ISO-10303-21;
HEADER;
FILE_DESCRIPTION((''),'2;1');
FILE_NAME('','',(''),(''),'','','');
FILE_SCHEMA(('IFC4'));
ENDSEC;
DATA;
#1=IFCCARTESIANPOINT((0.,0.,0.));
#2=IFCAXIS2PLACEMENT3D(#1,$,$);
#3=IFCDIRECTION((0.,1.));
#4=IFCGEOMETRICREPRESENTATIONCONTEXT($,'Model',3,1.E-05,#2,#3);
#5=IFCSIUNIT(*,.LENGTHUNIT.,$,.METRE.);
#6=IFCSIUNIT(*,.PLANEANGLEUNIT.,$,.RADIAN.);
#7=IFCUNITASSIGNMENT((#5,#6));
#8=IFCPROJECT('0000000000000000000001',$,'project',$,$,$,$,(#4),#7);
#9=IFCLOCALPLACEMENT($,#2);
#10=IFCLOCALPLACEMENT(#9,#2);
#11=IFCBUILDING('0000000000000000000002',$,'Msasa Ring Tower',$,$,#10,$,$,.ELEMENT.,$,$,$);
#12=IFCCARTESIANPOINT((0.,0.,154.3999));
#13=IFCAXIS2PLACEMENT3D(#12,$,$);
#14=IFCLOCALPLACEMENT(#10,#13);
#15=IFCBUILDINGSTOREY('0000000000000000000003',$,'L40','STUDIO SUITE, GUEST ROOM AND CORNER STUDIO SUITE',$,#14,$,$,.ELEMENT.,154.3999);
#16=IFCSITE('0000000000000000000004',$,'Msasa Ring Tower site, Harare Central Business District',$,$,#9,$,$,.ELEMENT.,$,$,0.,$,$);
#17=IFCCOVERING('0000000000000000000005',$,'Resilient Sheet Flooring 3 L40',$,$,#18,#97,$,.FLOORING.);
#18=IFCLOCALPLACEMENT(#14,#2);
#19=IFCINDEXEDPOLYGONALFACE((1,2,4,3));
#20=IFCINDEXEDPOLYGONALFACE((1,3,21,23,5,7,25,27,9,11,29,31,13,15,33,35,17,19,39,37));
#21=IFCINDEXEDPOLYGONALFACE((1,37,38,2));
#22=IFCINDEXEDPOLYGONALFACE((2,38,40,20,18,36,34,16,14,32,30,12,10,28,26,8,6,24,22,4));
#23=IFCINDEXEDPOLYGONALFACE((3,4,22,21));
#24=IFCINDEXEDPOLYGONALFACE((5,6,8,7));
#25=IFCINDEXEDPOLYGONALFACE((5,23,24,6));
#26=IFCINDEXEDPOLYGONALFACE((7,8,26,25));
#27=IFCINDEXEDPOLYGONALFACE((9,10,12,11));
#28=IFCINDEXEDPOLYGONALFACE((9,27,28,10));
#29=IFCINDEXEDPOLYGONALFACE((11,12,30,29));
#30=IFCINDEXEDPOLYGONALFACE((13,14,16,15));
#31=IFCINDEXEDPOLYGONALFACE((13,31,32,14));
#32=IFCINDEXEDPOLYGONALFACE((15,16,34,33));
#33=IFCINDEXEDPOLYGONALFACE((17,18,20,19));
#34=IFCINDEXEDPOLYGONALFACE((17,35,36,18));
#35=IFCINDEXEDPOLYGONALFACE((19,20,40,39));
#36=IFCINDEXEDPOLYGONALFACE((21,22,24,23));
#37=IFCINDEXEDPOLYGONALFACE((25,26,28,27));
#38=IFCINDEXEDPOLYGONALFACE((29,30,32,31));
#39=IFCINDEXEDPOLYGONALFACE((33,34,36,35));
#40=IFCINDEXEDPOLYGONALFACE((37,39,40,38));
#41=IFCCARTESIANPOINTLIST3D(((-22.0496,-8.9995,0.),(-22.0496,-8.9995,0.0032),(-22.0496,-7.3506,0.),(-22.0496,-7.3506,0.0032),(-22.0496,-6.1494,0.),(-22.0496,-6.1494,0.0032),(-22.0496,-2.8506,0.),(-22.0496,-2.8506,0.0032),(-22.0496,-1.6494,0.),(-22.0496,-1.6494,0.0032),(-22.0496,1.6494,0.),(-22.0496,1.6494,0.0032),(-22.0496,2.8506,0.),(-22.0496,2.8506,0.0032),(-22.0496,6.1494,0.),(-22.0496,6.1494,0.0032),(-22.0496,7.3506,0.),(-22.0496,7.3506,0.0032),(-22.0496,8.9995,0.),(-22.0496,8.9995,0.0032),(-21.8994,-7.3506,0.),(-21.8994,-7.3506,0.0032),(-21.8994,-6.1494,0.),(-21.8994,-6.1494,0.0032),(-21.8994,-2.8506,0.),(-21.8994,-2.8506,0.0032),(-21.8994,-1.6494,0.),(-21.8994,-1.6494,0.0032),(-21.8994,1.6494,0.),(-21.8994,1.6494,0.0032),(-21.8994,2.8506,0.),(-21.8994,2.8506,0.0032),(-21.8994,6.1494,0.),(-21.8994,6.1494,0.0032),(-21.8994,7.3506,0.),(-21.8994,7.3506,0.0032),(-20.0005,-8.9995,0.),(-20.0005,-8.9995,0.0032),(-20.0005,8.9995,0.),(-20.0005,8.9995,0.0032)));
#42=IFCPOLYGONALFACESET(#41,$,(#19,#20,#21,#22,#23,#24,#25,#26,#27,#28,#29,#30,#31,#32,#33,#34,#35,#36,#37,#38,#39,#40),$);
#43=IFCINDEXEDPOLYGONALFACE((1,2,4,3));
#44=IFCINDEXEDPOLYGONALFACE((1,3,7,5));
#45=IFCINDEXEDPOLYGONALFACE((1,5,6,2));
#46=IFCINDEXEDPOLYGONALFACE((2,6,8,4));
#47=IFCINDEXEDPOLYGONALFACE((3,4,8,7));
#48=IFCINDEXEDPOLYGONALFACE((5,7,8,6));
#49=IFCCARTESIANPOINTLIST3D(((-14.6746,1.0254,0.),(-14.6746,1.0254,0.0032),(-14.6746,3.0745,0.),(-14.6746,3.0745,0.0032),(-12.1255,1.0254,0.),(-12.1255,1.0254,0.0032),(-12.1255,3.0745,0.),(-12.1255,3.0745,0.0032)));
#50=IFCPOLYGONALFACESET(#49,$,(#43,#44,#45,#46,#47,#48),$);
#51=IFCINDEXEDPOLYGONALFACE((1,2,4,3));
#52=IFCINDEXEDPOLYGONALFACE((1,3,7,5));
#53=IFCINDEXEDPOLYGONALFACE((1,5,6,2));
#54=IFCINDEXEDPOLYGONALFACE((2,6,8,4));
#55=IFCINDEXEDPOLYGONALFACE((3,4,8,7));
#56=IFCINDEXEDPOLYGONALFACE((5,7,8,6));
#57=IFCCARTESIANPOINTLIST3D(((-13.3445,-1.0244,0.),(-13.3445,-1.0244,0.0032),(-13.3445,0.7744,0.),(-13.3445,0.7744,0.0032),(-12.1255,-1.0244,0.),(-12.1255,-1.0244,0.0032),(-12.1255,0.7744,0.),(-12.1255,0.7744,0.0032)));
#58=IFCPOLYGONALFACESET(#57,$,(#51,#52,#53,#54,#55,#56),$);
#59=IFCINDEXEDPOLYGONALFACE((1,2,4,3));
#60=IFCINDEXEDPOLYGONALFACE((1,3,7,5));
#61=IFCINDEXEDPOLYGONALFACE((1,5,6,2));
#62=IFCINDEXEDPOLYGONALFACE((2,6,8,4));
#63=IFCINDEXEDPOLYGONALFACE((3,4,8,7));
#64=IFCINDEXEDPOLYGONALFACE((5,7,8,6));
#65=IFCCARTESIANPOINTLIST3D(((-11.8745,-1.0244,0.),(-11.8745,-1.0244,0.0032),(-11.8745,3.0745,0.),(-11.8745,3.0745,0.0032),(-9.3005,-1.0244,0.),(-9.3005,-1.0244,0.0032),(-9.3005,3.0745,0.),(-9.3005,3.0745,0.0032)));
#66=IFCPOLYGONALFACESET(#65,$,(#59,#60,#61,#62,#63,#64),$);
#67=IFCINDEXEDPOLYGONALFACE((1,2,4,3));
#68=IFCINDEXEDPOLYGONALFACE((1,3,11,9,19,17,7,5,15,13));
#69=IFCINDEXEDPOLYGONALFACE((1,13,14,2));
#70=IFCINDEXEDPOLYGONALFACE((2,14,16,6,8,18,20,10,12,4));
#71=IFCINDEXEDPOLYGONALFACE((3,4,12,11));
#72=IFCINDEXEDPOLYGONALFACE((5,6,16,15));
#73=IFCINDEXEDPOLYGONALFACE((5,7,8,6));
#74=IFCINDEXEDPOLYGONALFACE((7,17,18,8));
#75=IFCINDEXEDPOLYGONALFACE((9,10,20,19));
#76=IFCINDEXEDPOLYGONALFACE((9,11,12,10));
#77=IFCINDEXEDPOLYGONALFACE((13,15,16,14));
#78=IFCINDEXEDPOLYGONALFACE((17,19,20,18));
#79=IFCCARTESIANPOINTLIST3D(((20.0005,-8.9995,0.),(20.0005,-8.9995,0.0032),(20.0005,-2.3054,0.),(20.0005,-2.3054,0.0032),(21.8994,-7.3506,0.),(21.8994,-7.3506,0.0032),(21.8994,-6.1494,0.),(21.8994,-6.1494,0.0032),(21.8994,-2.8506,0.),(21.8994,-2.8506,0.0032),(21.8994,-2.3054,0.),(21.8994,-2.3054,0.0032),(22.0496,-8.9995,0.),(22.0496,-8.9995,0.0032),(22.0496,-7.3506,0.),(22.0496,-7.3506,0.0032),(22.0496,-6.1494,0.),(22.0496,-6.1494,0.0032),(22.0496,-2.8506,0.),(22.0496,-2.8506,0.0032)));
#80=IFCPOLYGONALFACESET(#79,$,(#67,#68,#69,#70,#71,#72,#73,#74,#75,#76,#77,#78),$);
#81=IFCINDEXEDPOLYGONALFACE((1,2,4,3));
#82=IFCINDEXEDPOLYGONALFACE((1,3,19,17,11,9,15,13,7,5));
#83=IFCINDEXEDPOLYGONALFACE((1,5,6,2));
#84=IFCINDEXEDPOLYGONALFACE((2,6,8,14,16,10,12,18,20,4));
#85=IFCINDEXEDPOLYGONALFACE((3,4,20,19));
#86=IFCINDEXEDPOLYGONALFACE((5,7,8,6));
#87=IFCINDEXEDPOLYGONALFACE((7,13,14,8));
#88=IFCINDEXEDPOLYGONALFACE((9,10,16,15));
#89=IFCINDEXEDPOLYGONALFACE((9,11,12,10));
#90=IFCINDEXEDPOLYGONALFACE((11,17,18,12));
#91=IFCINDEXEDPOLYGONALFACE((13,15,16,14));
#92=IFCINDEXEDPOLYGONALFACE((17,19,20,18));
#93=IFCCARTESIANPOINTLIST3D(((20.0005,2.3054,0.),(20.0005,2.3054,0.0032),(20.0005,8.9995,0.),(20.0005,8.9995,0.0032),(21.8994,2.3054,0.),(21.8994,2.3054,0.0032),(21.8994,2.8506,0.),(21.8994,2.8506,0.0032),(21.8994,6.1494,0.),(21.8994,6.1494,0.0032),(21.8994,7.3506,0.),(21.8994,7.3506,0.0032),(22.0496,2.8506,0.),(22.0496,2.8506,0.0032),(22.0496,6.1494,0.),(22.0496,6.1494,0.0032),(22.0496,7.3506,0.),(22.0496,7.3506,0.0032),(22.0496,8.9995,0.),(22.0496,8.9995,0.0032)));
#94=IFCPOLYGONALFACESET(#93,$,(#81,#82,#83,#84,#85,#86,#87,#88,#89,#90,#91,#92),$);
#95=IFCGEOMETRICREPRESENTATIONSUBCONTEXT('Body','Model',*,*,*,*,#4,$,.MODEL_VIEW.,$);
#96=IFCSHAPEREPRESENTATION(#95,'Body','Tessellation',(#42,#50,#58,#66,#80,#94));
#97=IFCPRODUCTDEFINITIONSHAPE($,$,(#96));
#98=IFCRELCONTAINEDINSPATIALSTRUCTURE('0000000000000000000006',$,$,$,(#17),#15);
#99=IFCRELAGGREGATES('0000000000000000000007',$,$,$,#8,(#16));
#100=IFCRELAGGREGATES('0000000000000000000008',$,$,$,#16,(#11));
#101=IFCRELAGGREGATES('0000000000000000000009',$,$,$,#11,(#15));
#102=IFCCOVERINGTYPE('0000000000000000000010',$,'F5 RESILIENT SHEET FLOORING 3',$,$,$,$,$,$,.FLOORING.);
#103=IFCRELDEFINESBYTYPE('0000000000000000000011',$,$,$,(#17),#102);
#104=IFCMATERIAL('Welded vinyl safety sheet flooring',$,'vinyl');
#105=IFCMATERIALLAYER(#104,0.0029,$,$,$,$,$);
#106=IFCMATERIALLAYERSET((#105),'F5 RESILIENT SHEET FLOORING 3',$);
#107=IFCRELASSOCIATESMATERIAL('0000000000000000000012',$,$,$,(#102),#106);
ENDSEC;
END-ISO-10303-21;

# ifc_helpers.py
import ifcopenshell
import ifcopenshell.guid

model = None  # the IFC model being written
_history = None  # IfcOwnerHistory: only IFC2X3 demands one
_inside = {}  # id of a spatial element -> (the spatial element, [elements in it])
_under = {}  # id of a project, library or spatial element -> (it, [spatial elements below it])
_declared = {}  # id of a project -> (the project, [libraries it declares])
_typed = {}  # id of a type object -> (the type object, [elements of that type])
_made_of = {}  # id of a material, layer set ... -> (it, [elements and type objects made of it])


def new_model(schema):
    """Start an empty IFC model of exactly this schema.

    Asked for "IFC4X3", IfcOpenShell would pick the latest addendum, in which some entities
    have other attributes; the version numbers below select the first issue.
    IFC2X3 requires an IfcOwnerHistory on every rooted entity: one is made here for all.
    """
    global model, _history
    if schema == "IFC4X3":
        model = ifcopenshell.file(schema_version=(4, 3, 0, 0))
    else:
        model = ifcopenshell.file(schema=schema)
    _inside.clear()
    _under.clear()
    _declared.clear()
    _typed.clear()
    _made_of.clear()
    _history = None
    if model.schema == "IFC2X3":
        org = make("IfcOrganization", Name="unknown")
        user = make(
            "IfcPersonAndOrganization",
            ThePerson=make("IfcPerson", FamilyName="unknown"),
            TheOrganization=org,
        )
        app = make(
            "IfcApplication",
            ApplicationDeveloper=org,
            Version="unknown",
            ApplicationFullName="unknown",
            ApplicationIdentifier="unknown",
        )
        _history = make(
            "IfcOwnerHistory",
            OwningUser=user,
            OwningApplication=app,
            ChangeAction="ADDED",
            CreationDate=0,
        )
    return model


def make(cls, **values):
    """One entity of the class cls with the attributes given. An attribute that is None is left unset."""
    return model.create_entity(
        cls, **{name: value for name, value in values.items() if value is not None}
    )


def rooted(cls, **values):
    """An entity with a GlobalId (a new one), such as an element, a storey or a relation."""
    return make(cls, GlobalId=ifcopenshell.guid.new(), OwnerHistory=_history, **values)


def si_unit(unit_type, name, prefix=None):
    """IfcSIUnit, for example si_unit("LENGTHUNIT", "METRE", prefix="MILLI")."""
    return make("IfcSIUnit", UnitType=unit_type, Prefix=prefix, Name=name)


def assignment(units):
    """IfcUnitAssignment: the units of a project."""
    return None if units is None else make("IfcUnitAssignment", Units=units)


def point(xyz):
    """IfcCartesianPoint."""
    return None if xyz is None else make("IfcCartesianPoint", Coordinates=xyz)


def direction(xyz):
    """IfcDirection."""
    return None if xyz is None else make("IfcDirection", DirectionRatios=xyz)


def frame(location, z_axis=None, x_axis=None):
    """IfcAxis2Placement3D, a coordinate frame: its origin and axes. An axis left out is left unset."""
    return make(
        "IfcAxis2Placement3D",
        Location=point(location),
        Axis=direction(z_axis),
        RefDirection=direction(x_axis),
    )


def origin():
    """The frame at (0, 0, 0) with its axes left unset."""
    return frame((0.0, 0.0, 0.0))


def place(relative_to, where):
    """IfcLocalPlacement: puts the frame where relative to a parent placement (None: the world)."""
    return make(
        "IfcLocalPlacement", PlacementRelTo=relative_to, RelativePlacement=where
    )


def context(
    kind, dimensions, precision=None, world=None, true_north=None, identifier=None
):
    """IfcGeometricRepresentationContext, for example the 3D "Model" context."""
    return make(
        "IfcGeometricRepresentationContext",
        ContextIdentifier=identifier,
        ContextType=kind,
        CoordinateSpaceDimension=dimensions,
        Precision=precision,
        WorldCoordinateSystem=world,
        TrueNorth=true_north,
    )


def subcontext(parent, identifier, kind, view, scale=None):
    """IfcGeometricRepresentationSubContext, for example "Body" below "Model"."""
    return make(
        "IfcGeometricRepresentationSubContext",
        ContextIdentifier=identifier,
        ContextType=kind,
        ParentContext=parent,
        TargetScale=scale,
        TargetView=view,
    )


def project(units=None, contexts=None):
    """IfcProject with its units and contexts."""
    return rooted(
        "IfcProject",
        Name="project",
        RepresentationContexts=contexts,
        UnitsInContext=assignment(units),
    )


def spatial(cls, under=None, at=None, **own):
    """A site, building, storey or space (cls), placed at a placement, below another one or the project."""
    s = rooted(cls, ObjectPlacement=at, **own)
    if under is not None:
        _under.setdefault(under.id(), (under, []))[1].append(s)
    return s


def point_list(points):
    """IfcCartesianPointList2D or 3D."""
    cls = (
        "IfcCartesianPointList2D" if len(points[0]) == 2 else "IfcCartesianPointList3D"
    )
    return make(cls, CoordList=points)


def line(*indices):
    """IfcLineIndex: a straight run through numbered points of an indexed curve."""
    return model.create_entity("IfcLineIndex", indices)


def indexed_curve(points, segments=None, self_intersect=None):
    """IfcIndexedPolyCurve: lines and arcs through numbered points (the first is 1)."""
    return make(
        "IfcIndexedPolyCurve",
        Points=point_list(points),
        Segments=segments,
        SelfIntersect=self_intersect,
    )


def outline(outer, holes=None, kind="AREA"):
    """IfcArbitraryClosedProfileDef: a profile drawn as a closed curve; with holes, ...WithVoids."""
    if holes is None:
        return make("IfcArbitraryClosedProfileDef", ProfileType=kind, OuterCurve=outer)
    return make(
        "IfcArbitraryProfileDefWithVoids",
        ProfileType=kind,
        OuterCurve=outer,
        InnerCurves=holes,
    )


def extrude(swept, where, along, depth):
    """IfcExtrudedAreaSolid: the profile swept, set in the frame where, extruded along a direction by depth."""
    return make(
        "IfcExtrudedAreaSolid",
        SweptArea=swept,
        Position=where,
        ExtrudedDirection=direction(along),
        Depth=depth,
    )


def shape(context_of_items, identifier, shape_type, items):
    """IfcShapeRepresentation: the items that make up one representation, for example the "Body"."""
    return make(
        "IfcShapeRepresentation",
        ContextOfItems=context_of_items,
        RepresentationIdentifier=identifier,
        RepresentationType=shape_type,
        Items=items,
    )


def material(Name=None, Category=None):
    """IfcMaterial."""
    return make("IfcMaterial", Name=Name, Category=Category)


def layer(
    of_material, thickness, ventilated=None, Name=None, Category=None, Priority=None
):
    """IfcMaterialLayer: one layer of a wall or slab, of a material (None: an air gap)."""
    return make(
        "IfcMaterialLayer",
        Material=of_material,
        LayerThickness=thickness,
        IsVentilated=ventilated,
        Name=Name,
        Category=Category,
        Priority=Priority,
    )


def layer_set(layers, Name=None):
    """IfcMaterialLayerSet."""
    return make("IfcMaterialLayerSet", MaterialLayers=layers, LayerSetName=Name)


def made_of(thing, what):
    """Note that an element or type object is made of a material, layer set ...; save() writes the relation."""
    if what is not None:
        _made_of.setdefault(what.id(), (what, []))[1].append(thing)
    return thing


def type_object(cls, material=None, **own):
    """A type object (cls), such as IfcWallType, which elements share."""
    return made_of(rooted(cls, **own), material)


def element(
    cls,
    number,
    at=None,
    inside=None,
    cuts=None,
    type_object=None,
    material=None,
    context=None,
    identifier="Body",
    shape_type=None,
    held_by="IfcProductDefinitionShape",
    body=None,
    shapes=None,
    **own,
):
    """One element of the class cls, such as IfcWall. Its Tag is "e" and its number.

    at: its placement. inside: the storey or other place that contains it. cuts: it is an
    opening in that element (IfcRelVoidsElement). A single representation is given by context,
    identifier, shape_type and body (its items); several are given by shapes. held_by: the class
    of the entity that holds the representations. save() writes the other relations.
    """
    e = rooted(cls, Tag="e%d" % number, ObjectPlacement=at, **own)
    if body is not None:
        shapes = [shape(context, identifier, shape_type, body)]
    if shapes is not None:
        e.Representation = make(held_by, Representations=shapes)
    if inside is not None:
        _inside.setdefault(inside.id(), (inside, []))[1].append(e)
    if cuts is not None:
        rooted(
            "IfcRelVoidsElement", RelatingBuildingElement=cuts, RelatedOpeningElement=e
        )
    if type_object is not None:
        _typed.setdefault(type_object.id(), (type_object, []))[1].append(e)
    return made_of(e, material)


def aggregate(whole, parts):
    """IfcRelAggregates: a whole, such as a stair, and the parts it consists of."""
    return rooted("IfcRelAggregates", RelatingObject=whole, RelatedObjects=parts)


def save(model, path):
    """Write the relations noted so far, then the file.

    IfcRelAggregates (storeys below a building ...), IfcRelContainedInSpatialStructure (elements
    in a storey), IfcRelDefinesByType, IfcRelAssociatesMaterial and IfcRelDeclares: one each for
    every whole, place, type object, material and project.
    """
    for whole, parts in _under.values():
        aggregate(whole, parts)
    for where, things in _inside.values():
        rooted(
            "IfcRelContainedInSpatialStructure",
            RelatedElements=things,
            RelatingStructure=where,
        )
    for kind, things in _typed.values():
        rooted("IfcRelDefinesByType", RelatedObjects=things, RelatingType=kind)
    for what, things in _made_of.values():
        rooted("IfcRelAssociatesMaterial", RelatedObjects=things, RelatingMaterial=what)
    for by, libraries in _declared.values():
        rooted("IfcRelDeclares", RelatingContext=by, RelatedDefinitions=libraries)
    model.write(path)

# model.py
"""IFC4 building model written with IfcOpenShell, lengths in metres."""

from ifc_helpers import new_model, si_unit, direction, frame, origin, place, context, subcontext, project, spatial, line, indexed_curve, outline, extrude, material, layer, layer_set, type_object, element, save


model = new_model("IFC4")

# Units and contexts
model_context = context("Model", 3, precision=1e-05, world=origin(), true_north=direction((0.0, 1.0)))
body_context = subcontext(model_context, "Body", "Model", "MODEL_VIEW")
ifc_project = project(units=[si_unit("LENGTHUNIT", "METRE"), si_unit("PLANEANGLEUNIT", "RADIAN")], contexts=[model_context])

# Site, building, storey
site_placement = place(None, origin())
site = spatial("IfcSite", under=ifc_project, at=site_placement, Name="Msasa Ring Tower site, Harare Central Business District", CompositionType="ELEMENT", RefElevation=0.0)
building_placement = place(site_placement, origin())
building = spatial("IfcBuilding", under=site, at=building_placement, Name="Msasa Ring Tower", CompositionType="ELEMENT")
storey_placement = place(building_placement, frame((0.0, 0.0, 154.3999)))
storey = spatial("IfcBuildingStorey", under=building, at=storey_placement, Name="L40", Description="STUDIO SUITE, GUEST ROOM AND CORNER STUDIO SUITE", CompositionType="ELEMENT", Elevation=154.3999)

# Covering
ifc_material_1 = material(Name="Welded vinyl safety sheet flooring", Category="vinyl")
ifc_layer_1 = layer(ifc_material_1, 0.0029)
ifc_layer_set_1 = layer_set([ifc_layer_1], Name="F5 RESILIENT SHEET FLOORING 3")
covering_type_1 = type_object("IfcCoveringType", Name="F5 RESILIENT SHEET FLOORING 3", PredefinedType="FLOORING", material=ifc_layer_set_1)
covering_1_placement = place(storey_placement, origin())
element("IfcCovering", 1, at=covering_1_placement, inside=storey, type_object=covering_type_1, Name="Resilient Sheet Flooring 3 L40", PredefinedType="FLOORING", context=body_context, shape_type="SweptSolid", body=[
    extrude(outline(indexed_curve([(-20.0005, -8.9995), (-22.0496, -8.9995), (-22.0496, -7.3506), (-21.8994, -7.3506), (-21.8994, -6.1494), (-22.0496, -6.1494), (-22.0496, -2.8506), (-21.8994, -2.8506), (-21.8994, -1.6494), (-22.0496, -1.6494), (-22.0496, 1.6494), (-21.8994, 1.6494), (-21.8994, 2.8506), (-22.0496, 2.8506), (-22.0496, 6.1494), (-21.8994, 6.1494), (-21.8994, 7.3506), (-22.0496, 7.3506), (-22.0496, 8.9995), (-20.0005, 8.9995)], segments=[line(1, 2, 3, 4, 5, 6, 7, 8, 9, 10, 11, 12, 13, 14, 15, 16, 17, 18, 19, 20, 1)], self_intersect=False)), origin(), (0.0, 0.0, 1.0), 0.0032),
    extrude(outline(indexed_curve([(-14.6746, 3.0745), (-12.1255, 3.0745), (-12.1255, 1.0254), (-14.6746, 1.0254)], segments=[line(1, 2, 3, 4, 1)], self_intersect=False)), origin(), (0.0, 0.0, 1.0), 0.0032),
    extrude(outline(indexed_curve([(-13.3445, 0.7744), (-12.1255, 0.7744), (-12.1255, -1.0244), (-13.3445, -1.0244)], segments=[line(1, 2, 3, 4, 1)], self_intersect=False)), origin(), (0.0, 0.0, 1.0), 0.0032),
    extrude(outline(indexed_curve([(-11.8745, -1.0244), (-11.8745, 3.0745), (-9.3005, 3.0745), (-9.3005, -1.0244)], segments=[line(1, 2, 3, 4, 1)], self_intersect=False)), origin(), (0.0, 0.0, 1.0), 0.0032),
    extrude(outline(indexed_curve([(22.0496, -6.1494), (21.8994, -6.1494), (21.8994, -7.3506), (22.0496, -7.3506), (22.0496, -8.9995), (20.0005, -8.9995), (20.0005, -2.3054), (21.8994, -2.3054), (21.8994, -2.8506), (22.0496, -2.8506)], segments=[line(1, 2, 3, 4, 5, 6, 7, 8, 9, 10, 1)], self_intersect=False)), origin(), (0.0, 0.0, 1.0), 0.0032),
    extrude(outline(indexed_curve([(20.0005, 2.3054), (20.0005, 8.9995), (22.0496, 8.9995), (22.0496, 7.3506), (21.8994, 7.3506), (21.8994, 6.1494), (22.0496, 6.1494), (22.0496, 2.8506), (21.8994, 2.8506), (21.8994, 2.3054)], segments=[line(1, 2, 3, 4, 5, 6, 7, 8, 9, 10, 1)], self_intersect=False)), origin(), (0.0, 0.0, 1.0), 0.0032),
])

save(model, "model.ifc")
